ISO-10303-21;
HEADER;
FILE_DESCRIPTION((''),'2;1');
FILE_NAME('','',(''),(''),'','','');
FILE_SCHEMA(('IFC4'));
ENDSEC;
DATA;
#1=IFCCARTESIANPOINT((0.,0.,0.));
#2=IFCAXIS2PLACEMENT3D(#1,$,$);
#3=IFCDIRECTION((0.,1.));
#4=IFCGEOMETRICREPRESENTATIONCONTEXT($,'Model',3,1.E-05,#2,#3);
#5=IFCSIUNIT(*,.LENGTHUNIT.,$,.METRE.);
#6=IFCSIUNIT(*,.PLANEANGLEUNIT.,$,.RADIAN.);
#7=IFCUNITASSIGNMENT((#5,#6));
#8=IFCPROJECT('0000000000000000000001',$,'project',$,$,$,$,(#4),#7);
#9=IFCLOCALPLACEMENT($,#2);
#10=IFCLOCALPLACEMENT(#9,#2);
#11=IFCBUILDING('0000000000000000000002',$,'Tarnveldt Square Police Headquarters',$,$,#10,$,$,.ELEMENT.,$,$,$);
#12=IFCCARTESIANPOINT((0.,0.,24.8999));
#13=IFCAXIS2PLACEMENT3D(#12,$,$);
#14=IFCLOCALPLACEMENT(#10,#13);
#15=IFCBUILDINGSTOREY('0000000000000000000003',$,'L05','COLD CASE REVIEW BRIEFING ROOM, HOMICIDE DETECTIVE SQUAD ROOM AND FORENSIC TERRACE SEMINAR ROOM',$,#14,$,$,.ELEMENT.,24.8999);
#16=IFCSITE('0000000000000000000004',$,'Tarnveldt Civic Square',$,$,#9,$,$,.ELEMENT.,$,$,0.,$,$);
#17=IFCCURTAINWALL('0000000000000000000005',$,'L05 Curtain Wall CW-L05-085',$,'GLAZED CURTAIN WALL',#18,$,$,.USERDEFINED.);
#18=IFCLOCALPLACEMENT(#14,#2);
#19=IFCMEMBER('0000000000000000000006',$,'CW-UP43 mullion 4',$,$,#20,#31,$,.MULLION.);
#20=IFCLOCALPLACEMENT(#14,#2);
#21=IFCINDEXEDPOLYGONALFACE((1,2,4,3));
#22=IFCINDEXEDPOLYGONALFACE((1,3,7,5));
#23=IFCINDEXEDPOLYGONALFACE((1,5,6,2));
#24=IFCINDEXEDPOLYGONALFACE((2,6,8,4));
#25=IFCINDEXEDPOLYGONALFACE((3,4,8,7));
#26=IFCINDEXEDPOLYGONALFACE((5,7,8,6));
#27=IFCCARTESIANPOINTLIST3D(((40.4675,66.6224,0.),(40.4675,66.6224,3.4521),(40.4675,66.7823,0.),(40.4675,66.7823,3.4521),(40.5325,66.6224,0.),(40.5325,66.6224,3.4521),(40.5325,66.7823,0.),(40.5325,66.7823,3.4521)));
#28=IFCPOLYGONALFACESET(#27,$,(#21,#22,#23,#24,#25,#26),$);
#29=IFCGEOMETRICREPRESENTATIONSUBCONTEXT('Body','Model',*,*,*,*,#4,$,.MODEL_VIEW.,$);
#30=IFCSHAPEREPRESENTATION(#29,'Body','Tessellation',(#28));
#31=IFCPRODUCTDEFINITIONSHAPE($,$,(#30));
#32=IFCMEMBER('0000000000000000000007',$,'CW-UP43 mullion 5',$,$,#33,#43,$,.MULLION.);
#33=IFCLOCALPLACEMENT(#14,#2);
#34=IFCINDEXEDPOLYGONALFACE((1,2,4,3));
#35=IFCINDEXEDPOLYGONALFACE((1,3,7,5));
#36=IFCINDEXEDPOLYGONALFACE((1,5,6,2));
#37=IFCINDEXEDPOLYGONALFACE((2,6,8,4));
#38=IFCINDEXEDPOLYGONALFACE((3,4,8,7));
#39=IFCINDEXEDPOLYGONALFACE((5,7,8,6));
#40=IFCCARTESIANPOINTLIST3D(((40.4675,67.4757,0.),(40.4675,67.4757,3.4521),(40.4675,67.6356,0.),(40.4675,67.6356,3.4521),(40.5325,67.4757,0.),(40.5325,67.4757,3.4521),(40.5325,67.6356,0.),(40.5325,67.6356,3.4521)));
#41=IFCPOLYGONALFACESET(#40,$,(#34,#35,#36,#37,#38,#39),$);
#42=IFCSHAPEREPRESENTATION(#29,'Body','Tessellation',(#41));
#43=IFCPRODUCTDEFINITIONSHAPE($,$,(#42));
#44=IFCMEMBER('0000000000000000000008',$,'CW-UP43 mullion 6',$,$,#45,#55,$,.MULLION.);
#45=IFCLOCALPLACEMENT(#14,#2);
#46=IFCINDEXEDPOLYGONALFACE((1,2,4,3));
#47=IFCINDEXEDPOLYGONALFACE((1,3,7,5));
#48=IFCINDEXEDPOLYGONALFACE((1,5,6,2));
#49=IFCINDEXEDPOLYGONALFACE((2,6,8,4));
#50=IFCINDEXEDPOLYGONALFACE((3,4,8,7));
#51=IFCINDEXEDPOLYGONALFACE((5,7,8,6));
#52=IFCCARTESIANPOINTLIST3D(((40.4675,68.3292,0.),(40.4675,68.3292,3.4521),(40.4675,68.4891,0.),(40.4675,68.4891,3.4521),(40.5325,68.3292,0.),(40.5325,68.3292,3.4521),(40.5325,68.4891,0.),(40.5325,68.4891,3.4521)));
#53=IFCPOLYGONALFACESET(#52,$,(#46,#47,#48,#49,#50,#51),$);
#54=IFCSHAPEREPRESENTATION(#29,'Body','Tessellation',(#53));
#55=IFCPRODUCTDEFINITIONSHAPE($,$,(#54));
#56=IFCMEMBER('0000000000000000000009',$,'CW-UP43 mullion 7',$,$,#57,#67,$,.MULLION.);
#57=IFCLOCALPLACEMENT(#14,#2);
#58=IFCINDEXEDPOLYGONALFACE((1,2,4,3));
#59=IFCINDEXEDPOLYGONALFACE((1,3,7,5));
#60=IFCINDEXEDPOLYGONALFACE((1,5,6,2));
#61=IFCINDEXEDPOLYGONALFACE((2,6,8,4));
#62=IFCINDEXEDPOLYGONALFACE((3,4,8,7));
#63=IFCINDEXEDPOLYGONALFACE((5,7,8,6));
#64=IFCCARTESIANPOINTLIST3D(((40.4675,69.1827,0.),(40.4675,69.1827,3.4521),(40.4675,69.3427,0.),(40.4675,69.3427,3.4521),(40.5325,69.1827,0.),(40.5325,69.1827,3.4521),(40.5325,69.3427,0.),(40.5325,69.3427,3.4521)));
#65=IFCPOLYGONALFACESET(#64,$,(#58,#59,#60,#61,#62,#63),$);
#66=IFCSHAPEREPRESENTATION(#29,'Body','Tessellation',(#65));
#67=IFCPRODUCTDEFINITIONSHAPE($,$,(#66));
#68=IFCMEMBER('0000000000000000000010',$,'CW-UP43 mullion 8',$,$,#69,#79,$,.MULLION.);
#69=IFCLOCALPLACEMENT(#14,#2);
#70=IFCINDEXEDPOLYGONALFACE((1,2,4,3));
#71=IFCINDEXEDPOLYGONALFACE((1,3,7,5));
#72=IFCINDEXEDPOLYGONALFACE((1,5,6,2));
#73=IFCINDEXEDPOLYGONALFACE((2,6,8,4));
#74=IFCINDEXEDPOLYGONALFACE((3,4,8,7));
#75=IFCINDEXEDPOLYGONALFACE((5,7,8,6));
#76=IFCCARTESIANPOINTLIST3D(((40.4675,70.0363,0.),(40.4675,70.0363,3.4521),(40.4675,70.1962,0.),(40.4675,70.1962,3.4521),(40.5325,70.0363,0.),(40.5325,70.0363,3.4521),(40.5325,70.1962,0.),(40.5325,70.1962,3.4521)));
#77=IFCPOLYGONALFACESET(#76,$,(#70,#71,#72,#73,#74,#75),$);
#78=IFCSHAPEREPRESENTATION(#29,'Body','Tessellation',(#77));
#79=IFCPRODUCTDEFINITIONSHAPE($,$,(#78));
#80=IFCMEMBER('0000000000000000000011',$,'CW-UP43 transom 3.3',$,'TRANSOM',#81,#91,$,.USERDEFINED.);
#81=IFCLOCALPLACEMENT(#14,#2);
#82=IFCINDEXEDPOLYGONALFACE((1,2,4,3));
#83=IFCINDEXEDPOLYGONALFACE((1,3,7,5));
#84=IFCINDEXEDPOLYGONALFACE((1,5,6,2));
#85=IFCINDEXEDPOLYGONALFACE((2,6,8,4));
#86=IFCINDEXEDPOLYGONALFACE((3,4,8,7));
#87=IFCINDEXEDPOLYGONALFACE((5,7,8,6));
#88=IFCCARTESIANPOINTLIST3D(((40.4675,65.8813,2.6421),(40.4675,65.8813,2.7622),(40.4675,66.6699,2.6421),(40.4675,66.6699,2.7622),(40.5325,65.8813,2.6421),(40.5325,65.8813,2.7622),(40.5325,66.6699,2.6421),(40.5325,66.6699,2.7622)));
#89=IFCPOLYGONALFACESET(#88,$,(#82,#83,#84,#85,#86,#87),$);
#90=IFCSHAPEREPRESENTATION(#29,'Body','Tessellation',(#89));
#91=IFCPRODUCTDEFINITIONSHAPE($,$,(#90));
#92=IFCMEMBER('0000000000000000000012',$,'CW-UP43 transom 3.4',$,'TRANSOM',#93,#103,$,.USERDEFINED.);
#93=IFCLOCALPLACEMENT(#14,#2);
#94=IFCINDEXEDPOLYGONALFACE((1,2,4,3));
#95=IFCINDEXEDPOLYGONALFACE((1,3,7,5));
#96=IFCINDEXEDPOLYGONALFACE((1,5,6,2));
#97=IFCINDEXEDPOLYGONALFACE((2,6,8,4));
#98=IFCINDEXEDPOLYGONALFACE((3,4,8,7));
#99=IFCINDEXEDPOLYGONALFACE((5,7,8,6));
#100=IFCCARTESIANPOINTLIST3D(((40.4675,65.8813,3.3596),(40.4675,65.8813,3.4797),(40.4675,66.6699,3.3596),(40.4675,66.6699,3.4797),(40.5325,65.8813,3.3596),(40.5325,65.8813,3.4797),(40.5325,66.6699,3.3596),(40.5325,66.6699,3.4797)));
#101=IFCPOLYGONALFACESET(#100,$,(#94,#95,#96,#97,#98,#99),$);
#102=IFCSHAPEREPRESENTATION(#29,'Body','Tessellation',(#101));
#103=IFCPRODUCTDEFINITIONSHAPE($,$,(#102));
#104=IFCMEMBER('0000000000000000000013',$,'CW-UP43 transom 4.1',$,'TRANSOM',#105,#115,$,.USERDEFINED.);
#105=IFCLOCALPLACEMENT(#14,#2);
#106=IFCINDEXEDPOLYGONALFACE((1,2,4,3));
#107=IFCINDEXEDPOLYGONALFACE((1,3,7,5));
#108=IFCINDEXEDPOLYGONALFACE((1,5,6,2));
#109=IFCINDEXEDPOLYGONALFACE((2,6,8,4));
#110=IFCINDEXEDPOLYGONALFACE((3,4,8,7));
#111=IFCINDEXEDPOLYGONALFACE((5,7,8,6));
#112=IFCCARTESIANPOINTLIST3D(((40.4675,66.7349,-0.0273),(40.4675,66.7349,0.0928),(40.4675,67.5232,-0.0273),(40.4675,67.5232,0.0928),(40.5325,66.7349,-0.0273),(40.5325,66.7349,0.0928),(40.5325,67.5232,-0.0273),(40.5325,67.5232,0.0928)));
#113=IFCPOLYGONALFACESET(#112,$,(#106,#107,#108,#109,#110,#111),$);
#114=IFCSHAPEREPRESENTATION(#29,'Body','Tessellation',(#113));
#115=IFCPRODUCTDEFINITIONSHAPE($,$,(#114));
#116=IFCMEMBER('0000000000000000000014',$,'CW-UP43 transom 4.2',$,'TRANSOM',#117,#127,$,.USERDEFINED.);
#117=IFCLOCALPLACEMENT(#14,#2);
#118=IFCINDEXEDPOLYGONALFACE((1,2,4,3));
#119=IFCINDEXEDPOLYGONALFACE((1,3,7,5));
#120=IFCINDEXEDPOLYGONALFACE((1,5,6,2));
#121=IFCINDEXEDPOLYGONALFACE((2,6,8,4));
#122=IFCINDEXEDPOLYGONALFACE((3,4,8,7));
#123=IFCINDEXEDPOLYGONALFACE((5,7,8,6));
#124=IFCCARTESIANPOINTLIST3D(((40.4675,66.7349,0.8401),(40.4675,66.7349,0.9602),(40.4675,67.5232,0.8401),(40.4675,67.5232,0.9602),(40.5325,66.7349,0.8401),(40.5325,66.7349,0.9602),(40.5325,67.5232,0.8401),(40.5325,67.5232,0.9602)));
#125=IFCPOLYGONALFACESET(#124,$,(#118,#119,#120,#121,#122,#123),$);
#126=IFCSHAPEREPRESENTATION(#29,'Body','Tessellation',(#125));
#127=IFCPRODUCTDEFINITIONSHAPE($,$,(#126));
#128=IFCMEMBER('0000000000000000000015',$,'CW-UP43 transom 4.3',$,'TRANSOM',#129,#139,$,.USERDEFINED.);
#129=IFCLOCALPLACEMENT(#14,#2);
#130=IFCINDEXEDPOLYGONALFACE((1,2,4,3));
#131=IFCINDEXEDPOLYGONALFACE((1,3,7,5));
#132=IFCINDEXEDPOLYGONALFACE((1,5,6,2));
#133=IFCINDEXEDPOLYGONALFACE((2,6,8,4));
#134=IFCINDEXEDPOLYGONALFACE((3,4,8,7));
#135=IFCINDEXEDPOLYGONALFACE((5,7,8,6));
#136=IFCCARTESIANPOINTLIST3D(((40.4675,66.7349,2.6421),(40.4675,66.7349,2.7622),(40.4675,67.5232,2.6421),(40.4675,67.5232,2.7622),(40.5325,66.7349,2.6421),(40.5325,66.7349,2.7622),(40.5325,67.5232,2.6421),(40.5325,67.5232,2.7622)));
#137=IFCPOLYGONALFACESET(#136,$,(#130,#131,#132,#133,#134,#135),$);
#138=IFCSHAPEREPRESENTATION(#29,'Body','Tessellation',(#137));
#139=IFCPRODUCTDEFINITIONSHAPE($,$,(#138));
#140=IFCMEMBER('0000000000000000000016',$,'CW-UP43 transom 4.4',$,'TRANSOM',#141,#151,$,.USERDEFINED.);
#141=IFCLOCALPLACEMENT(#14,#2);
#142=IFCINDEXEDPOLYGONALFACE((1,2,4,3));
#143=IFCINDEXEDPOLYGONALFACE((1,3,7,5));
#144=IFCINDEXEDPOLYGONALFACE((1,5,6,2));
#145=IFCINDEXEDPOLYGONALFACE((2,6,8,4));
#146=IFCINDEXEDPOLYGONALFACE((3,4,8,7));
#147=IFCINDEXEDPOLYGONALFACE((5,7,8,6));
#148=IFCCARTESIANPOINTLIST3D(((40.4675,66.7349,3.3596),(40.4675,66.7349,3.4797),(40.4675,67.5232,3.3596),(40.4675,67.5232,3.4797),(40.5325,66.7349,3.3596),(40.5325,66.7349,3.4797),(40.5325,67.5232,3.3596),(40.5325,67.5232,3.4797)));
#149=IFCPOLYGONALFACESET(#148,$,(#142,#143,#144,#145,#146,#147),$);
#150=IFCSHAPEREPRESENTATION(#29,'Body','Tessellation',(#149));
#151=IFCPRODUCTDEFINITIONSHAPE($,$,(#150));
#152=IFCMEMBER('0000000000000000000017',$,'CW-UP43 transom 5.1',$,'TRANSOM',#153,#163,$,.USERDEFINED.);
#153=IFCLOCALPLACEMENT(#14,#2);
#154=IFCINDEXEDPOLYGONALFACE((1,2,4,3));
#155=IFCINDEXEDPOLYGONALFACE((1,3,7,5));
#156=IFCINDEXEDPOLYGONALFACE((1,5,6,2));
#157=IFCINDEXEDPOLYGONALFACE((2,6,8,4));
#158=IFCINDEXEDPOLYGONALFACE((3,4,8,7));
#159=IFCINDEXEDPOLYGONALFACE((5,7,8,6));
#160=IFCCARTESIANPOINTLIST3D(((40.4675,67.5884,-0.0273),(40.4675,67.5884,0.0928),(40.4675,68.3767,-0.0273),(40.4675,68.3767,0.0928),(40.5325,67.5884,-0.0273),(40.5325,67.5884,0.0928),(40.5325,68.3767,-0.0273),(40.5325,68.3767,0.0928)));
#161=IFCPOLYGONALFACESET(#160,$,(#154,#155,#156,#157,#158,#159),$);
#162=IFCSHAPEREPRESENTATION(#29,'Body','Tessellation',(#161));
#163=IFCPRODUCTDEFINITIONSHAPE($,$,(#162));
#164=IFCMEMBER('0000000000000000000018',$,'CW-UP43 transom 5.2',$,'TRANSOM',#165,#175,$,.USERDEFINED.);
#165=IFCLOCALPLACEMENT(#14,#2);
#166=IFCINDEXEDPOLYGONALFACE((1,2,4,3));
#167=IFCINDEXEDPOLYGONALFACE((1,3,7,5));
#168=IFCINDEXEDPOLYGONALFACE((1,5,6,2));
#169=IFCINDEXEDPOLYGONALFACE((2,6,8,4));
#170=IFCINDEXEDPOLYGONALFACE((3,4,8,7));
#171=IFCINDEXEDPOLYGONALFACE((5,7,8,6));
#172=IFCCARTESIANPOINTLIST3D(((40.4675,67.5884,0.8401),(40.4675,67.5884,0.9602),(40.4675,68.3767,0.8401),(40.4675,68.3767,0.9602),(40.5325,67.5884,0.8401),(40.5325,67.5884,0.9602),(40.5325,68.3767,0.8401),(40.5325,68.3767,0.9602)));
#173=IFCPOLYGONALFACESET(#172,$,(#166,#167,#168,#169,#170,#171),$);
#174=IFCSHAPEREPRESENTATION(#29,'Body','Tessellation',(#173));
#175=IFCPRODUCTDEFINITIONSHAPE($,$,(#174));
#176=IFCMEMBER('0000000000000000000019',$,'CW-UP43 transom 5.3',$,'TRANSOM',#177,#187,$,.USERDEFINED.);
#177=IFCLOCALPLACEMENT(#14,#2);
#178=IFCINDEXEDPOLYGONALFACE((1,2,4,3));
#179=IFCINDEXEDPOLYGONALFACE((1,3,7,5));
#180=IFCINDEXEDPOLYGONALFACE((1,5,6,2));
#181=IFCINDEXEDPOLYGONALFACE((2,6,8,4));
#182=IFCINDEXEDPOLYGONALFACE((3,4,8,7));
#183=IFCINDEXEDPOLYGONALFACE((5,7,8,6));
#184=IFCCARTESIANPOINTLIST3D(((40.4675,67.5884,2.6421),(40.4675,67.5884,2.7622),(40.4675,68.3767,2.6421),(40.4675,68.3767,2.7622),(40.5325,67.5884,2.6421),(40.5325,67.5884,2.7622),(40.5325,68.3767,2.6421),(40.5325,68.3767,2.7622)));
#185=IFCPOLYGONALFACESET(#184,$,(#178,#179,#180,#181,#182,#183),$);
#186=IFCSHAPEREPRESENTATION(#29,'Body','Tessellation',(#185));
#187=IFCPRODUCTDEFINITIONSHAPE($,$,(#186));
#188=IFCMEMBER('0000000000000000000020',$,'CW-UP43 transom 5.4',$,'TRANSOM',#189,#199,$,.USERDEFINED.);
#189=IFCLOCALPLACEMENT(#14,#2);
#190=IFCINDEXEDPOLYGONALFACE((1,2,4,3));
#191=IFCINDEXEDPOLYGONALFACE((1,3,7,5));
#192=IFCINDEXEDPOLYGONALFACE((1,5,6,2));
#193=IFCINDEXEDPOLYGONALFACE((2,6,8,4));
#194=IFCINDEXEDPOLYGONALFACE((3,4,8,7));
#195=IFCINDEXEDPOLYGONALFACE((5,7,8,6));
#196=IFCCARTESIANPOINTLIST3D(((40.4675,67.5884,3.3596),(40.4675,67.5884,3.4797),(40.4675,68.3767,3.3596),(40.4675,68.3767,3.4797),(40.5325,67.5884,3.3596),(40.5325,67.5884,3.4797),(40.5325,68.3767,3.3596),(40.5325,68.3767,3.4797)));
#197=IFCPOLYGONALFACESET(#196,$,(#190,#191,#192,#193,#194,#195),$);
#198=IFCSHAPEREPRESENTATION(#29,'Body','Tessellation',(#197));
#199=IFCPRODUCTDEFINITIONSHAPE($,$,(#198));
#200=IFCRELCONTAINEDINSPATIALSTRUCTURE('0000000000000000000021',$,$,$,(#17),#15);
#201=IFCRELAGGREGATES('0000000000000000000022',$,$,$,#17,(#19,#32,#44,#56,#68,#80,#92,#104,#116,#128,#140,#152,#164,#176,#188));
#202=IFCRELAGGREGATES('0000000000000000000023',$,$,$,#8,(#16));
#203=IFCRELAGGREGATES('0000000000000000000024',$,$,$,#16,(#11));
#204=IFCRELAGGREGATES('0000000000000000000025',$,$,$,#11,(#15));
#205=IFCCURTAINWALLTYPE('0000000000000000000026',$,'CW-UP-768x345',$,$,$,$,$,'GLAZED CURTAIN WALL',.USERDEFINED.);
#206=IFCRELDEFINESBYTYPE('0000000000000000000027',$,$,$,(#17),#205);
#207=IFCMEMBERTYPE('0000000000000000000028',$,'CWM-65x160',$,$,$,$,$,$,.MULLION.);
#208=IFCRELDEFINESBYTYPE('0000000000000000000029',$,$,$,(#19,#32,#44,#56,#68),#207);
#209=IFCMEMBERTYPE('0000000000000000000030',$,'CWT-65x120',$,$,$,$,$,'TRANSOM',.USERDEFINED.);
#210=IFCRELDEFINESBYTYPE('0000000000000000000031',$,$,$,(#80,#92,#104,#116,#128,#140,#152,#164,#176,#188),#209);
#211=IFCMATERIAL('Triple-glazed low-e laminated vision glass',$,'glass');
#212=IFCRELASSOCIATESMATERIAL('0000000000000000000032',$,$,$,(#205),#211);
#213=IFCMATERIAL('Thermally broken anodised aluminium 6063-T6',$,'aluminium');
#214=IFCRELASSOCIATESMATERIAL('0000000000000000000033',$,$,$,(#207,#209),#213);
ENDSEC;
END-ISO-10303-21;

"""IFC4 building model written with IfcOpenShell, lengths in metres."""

from ifc_helpers import new_model, si_unit, direction, frame, origin, origin_2d, place, context, subcontext, project, spatial, rectangle, extrude, material, material_profile, profile_set, type_object, element, aggregate, save


model = new_model("IFC4")

# Units and contexts
model_context = context("Model", 3, precision=1e-05, world=origin(), true_north=direction((0.0, 1.0)))
body_context = subcontext(model_context, "Body", "Model", "MODEL_VIEW")
ifc_project = project(units=[si_unit("LENGTHUNIT", "METRE"), si_unit("PLANEANGLEUNIT", "RADIAN")], contexts=[model_context])

# Site, building, storey
site_placement = place(None, origin())
site = spatial("IfcSite", under=ifc_project, at=site_placement, Name="Tarnveldt Civic Square", CompositionType="ELEMENT", RefElevation=0.0)
building_placement = place(site_placement, origin())
building = spatial("IfcBuilding", under=site, at=building_placement, Name="Tarnveldt Square Police Headquarters", CompositionType="ELEMENT")
storey_placement = place(building_placement, frame((0.0, 0.0, 24.8999)))
storey = spatial("IfcBuildingStorey", under=building, at=storey_placement, Name="L05", Description="COLD CASE REVIEW BRIEFING ROOM, HOMICIDE DETECTIVE SQUAD ROOM AND FORENSIC TERRACE SEMINAR ROOM", CompositionType="ELEMENT", Elevation=24.8999)

# Curtain wall, members
ifc_material_1 = material(Name="Triple-glazed low-e laminated vision glass", Category="glass")
curtain_wall_type = type_object("IfcCurtainWallType", Name="CW-UP-768x345", ElementType="GLAZED CURTAIN WALL", PredefinedType="USERDEFINED", material=ifc_material_1)
curtain_wall_placement = place(storey_placement, origin())
curtain_wall = element("IfcCurtainWall", 1, at=curtain_wall_placement, inside=storey, type_object=curtain_wall_type, Name="L05 Curtain Wall CW-L05-085", ObjectType="GLAZED CURTAIN WALL", PredefinedType="USERDEFINED")
ifc_material_2 = material(Name="Thermally broken anodised aluminium 6063-T6", Category="aluminium")
ifc_material_profile_1 = material_profile(ifc_material_2, rectangle(XDim=0.0649, YDim=0.1599, at=origin_2d()), Name="CW-M65x160")
ifc_profile_set_1 = profile_set([ifc_material_profile_1], Name="Thermally broken anodised aluminium 6063-T6")
member_type_1 = type_object("IfcMemberType", Name="CWM-65x160", PredefinedType="MULLION", material=ifc_profile_set_1)
member_1_placement = place(storey_placement, frame((40.5, 66.7024, 0.0), z_axis=(0.0, 0.0, 1.0), x_axis=(-1.0, 0.0, 0.0)))
member_1 = element("IfcMember", 2, at=member_1_placement, type_object=member_type_1, Name="CW-UP43 mullion 4", PredefinedType="MULLION", context=body_context, shape_type="SweptSolid", body=[
    extrude(rectangle(XDim=0.0649, YDim=0.1599, at=origin_2d()), origin(), (0.0, 0.0, 1.0), 3.4521),
])
member_2_placement = place(storey_placement, frame((40.5, 67.5557, 0.0), z_axis=(0.0, 0.0, 1.0), x_axis=(-1.0, 0.0, 0.0)))
member_2 = element("IfcMember", 3, at=member_2_placement, type_object=member_type_1, Name="CW-UP43 mullion 5", PredefinedType="MULLION", context=body_context, shape_type="SweptSolid", body=[
    extrude(rectangle(XDim=0.0649, YDim=0.1599, at=origin_2d()), origin(), (0.0, 0.0, 1.0), 3.4521),
])
member_3_placement = place(storey_placement, frame((40.5, 68.4092, 0.0), z_axis=(0.0, 0.0, 1.0), x_axis=(-1.0, 0.0, 0.0)))
member_3 = element("IfcMember", 4, at=member_3_placement, type_object=member_type_1, Name="CW-UP43 mullion 6", PredefinedType="MULLION", context=body_context, shape_type="SweptSolid", body=[
    extrude(rectangle(XDim=0.0649, YDim=0.1599, at=origin_2d()), origin(), (0.0, 0.0, 1.0), 3.4521),
])
member_4_placement = place(storey_placement, frame((40.5, 69.2627, 0.0), z_axis=(0.0, 0.0, 1.0), x_axis=(-1.0, 0.0, 0.0)))
member_4 = element("IfcMember", 5, at=member_4_placement, type_object=member_type_1, Name="CW-UP43 mullion 7", PredefinedType="MULLION", context=body_context, shape_type="SweptSolid", body=[
    extrude(rectangle(XDim=0.0649, YDim=0.1599, at=origin_2d()), origin(), (0.0, 0.0, 1.0), 3.4521),
])
member_5_placement = place(storey_placement, frame((40.5, 70.1162, 0.0), z_axis=(0.0, 0.0, 1.0), x_axis=(-1.0, 0.0, 0.0)))
member_5 = element("IfcMember", 6, at=member_5_placement, type_object=member_type_1, Name="CW-UP43 mullion 8", PredefinedType="MULLION", context=body_context, shape_type="SweptSolid", body=[
    extrude(rectangle(XDim=0.0649, YDim=0.1599, at=origin_2d()), origin(), (0.0, 0.0, 1.0), 3.4521),
])
ifc_material_profile_2 = material_profile(ifc_material_2, rectangle(XDim=0.0649, YDim=0.1201, at=origin_2d()), Name="CW-T65x120")
ifc_profile_set_2 = profile_set([ifc_material_profile_2], Name="Thermally broken anodised aluminium 6063-T6")
member_type_2 = type_object("IfcMemberType", Name="CWT-65x120", ElementType="TRANSOM", PredefinedType="USERDEFINED", material=ifc_profile_set_2)
member_6_placement = place(storey_placement, frame((40.5, 65.8813, 2.7021), z_axis=(0.0, 1.0, 0.0), x_axis=(-1.0, 0.0, 0.0)))
member_6 = element("IfcMember", 7, at=member_6_placement, type_object=member_type_2, Name="CW-UP43 transom 3.3", ObjectType="TRANSOM", PredefinedType="USERDEFINED", context=body_context, shape_type="SweptSolid", body=[
    extrude(rectangle(XDim=0.0649, YDim=0.1201, at=origin_2d()), origin(), (0.0, 0.0, 1.0), 0.7886),
])
member_7_placement = place(storey_placement, frame((40.5, 65.8813, 3.4197), z_axis=(0.0, 1.0, 0.0), x_axis=(-1.0, 0.0, 0.0)))
member_7 = element("IfcMember", 8, at=member_7_placement, type_object=member_type_2, Name="CW-UP43 transom 3.4", ObjectType="TRANSOM", PredefinedType="USERDEFINED", context=body_context, shape_type="SweptSolid", body=[
    extrude(rectangle(XDim=0.0649, YDim=0.1201, at=origin_2d()), origin(), (0.0, 0.0, 1.0), 0.7886),
])
member_8_placement = place(storey_placement, frame((40.5, 66.7349, 0.0327), z_axis=(0.0, 1.0, 0.0), x_axis=(-1.0, 0.0, 0.0)))
member_8 = element("IfcMember", 9, at=member_8_placement, type_object=member_type_2, Name="CW-UP43 transom 4.1", ObjectType="TRANSOM", PredefinedType="USERDEFINED", context=body_context, shape_type="SweptSolid", body=[
    extrude(rectangle(XDim=0.0649, YDim=0.1201, at=origin_2d()), origin(), (0.0, 0.0, 1.0), 0.7883),
])
member_9_placement = place(storey_placement, frame((40.5, 66.7349, 0.9001), z_axis=(0.0, 1.0, 0.0), x_axis=(-1.0, 0.0, 0.0)))
member_9 = element("IfcMember", 10, at=member_9_placement, type_object=member_type_2, Name="CW-UP43 transom 4.2", ObjectType="TRANSOM", PredefinedType="USERDEFINED", context=body_context, shape_type="SweptSolid", body=[
    extrude(rectangle(XDim=0.0649, YDim=0.1201, at=origin_2d()), origin(), (0.0, 0.0, 1.0), 0.7883),
])
member_10_placement = place(storey_placement, frame((40.5, 66.7349, 2.7021), z_axis=(0.0, 1.0, 0.0), x_axis=(-1.0, 0.0, 0.0)))
member_10 = element("IfcMember", 11, at=member_10_placement, type_object=member_type_2, Name="CW-UP43 transom 4.3", ObjectType="TRANSOM", PredefinedType="USERDEFINED", context=body_context, shape_type="SweptSolid", body=[
    extrude(rectangle(XDim=0.0649, YDim=0.1201, at=origin_2d()), origin(), (0.0, 0.0, 1.0), 0.7883),
])
member_11_placement = place(storey_placement, frame((40.5, 66.7349, 3.4197), z_axis=(0.0, 1.0, 0.0), x_axis=(-1.0, 0.0, 0.0)))
member_11 = element("IfcMember", 12, at=member_11_placement, type_object=member_type_2, Name="CW-UP43 transom 4.4", ObjectType="TRANSOM", PredefinedType="USERDEFINED", context=body_context, shape_type="SweptSolid", body=[
    extrude(rectangle(XDim=0.0649, YDim=0.1201, at=origin_2d()), origin(), (0.0, 0.0, 1.0), 0.7883),
])
member_12_placement = place(storey_placement, frame((40.5, 67.5884, 0.0327), z_axis=(0.0, 1.0, 0.0), x_axis=(-1.0, 0.0, 0.0)))
member_12 = element("IfcMember", 13, at=member_12_placement, type_object=member_type_2, Name="CW-UP43 transom 5.1", ObjectType="TRANSOM", PredefinedType="USERDEFINED", context=body_context, shape_type="SweptSolid", body=[
    extrude(rectangle(XDim=0.0649, YDim=0.1201, at=origin_2d()), origin(), (0.0, 0.0, 1.0), 0.7883),
])
member_13_placement = place(storey_placement, frame((40.5, 67.5884, 0.9001), z_axis=(0.0, 1.0, 0.0), x_axis=(-1.0, 0.0, 0.0)))
member_13 = element("IfcMember", 14, at=member_13_placement, type_object=member_type_2, Name="CW-UP43 transom 5.2", ObjectType="TRANSOM", PredefinedType="USERDEFINED", context=body_context, shape_type="SweptSolid", body=[
    extrude(rectangle(XDim=0.0649, YDim=0.1201, at=origin_2d()), origin(), (0.0, 0.0, 1.0), 0.7883),
])
member_14_placement = place(storey_placement, frame((40.5, 67.5884, 2.7021), z_axis=(0.0, 1.0, 0.0), x_axis=(-1.0, 0.0, 0.0)))
member_14 = element("IfcMember", 15, at=member_14_placement, type_object=member_type_2, Name="CW-UP43 transom 5.3", ObjectType="TRANSOM", PredefinedType="USERDEFINED", context=body_context, shape_type="SweptSolid", body=[
    extrude(rectangle(XDim=0.0649, YDim=0.1201, at=origin_2d()), origin(), (0.0, 0.0, 1.0), 0.7883),
])
member_15_placement = place(storey_placement, frame((40.5, 67.5884, 3.4197), z_axis=(0.0, 1.0, 0.0), x_axis=(-1.0, 0.0, 0.0)))
member_15 = element("IfcMember", 16, at=member_15_placement, type_object=member_type_2, Name="CW-UP43 transom 5.4", ObjectType="TRANSOM", PredefinedType="USERDEFINED", context=body_context, shape_type="SweptSolid", body=[
    extrude(rectangle(XDim=0.0649, YDim=0.1201, at=origin_2d()), origin(), (0.0, 0.0, 1.0), 0.7883),
])
aggregate(curtain_wall, [member_1, member_2, member_3, member_4, member_5, member_6, member_7, member_8, member_9, member_10, member_11, member_12, member_13, member_14, member_15])

save(model, "model.ifc")
